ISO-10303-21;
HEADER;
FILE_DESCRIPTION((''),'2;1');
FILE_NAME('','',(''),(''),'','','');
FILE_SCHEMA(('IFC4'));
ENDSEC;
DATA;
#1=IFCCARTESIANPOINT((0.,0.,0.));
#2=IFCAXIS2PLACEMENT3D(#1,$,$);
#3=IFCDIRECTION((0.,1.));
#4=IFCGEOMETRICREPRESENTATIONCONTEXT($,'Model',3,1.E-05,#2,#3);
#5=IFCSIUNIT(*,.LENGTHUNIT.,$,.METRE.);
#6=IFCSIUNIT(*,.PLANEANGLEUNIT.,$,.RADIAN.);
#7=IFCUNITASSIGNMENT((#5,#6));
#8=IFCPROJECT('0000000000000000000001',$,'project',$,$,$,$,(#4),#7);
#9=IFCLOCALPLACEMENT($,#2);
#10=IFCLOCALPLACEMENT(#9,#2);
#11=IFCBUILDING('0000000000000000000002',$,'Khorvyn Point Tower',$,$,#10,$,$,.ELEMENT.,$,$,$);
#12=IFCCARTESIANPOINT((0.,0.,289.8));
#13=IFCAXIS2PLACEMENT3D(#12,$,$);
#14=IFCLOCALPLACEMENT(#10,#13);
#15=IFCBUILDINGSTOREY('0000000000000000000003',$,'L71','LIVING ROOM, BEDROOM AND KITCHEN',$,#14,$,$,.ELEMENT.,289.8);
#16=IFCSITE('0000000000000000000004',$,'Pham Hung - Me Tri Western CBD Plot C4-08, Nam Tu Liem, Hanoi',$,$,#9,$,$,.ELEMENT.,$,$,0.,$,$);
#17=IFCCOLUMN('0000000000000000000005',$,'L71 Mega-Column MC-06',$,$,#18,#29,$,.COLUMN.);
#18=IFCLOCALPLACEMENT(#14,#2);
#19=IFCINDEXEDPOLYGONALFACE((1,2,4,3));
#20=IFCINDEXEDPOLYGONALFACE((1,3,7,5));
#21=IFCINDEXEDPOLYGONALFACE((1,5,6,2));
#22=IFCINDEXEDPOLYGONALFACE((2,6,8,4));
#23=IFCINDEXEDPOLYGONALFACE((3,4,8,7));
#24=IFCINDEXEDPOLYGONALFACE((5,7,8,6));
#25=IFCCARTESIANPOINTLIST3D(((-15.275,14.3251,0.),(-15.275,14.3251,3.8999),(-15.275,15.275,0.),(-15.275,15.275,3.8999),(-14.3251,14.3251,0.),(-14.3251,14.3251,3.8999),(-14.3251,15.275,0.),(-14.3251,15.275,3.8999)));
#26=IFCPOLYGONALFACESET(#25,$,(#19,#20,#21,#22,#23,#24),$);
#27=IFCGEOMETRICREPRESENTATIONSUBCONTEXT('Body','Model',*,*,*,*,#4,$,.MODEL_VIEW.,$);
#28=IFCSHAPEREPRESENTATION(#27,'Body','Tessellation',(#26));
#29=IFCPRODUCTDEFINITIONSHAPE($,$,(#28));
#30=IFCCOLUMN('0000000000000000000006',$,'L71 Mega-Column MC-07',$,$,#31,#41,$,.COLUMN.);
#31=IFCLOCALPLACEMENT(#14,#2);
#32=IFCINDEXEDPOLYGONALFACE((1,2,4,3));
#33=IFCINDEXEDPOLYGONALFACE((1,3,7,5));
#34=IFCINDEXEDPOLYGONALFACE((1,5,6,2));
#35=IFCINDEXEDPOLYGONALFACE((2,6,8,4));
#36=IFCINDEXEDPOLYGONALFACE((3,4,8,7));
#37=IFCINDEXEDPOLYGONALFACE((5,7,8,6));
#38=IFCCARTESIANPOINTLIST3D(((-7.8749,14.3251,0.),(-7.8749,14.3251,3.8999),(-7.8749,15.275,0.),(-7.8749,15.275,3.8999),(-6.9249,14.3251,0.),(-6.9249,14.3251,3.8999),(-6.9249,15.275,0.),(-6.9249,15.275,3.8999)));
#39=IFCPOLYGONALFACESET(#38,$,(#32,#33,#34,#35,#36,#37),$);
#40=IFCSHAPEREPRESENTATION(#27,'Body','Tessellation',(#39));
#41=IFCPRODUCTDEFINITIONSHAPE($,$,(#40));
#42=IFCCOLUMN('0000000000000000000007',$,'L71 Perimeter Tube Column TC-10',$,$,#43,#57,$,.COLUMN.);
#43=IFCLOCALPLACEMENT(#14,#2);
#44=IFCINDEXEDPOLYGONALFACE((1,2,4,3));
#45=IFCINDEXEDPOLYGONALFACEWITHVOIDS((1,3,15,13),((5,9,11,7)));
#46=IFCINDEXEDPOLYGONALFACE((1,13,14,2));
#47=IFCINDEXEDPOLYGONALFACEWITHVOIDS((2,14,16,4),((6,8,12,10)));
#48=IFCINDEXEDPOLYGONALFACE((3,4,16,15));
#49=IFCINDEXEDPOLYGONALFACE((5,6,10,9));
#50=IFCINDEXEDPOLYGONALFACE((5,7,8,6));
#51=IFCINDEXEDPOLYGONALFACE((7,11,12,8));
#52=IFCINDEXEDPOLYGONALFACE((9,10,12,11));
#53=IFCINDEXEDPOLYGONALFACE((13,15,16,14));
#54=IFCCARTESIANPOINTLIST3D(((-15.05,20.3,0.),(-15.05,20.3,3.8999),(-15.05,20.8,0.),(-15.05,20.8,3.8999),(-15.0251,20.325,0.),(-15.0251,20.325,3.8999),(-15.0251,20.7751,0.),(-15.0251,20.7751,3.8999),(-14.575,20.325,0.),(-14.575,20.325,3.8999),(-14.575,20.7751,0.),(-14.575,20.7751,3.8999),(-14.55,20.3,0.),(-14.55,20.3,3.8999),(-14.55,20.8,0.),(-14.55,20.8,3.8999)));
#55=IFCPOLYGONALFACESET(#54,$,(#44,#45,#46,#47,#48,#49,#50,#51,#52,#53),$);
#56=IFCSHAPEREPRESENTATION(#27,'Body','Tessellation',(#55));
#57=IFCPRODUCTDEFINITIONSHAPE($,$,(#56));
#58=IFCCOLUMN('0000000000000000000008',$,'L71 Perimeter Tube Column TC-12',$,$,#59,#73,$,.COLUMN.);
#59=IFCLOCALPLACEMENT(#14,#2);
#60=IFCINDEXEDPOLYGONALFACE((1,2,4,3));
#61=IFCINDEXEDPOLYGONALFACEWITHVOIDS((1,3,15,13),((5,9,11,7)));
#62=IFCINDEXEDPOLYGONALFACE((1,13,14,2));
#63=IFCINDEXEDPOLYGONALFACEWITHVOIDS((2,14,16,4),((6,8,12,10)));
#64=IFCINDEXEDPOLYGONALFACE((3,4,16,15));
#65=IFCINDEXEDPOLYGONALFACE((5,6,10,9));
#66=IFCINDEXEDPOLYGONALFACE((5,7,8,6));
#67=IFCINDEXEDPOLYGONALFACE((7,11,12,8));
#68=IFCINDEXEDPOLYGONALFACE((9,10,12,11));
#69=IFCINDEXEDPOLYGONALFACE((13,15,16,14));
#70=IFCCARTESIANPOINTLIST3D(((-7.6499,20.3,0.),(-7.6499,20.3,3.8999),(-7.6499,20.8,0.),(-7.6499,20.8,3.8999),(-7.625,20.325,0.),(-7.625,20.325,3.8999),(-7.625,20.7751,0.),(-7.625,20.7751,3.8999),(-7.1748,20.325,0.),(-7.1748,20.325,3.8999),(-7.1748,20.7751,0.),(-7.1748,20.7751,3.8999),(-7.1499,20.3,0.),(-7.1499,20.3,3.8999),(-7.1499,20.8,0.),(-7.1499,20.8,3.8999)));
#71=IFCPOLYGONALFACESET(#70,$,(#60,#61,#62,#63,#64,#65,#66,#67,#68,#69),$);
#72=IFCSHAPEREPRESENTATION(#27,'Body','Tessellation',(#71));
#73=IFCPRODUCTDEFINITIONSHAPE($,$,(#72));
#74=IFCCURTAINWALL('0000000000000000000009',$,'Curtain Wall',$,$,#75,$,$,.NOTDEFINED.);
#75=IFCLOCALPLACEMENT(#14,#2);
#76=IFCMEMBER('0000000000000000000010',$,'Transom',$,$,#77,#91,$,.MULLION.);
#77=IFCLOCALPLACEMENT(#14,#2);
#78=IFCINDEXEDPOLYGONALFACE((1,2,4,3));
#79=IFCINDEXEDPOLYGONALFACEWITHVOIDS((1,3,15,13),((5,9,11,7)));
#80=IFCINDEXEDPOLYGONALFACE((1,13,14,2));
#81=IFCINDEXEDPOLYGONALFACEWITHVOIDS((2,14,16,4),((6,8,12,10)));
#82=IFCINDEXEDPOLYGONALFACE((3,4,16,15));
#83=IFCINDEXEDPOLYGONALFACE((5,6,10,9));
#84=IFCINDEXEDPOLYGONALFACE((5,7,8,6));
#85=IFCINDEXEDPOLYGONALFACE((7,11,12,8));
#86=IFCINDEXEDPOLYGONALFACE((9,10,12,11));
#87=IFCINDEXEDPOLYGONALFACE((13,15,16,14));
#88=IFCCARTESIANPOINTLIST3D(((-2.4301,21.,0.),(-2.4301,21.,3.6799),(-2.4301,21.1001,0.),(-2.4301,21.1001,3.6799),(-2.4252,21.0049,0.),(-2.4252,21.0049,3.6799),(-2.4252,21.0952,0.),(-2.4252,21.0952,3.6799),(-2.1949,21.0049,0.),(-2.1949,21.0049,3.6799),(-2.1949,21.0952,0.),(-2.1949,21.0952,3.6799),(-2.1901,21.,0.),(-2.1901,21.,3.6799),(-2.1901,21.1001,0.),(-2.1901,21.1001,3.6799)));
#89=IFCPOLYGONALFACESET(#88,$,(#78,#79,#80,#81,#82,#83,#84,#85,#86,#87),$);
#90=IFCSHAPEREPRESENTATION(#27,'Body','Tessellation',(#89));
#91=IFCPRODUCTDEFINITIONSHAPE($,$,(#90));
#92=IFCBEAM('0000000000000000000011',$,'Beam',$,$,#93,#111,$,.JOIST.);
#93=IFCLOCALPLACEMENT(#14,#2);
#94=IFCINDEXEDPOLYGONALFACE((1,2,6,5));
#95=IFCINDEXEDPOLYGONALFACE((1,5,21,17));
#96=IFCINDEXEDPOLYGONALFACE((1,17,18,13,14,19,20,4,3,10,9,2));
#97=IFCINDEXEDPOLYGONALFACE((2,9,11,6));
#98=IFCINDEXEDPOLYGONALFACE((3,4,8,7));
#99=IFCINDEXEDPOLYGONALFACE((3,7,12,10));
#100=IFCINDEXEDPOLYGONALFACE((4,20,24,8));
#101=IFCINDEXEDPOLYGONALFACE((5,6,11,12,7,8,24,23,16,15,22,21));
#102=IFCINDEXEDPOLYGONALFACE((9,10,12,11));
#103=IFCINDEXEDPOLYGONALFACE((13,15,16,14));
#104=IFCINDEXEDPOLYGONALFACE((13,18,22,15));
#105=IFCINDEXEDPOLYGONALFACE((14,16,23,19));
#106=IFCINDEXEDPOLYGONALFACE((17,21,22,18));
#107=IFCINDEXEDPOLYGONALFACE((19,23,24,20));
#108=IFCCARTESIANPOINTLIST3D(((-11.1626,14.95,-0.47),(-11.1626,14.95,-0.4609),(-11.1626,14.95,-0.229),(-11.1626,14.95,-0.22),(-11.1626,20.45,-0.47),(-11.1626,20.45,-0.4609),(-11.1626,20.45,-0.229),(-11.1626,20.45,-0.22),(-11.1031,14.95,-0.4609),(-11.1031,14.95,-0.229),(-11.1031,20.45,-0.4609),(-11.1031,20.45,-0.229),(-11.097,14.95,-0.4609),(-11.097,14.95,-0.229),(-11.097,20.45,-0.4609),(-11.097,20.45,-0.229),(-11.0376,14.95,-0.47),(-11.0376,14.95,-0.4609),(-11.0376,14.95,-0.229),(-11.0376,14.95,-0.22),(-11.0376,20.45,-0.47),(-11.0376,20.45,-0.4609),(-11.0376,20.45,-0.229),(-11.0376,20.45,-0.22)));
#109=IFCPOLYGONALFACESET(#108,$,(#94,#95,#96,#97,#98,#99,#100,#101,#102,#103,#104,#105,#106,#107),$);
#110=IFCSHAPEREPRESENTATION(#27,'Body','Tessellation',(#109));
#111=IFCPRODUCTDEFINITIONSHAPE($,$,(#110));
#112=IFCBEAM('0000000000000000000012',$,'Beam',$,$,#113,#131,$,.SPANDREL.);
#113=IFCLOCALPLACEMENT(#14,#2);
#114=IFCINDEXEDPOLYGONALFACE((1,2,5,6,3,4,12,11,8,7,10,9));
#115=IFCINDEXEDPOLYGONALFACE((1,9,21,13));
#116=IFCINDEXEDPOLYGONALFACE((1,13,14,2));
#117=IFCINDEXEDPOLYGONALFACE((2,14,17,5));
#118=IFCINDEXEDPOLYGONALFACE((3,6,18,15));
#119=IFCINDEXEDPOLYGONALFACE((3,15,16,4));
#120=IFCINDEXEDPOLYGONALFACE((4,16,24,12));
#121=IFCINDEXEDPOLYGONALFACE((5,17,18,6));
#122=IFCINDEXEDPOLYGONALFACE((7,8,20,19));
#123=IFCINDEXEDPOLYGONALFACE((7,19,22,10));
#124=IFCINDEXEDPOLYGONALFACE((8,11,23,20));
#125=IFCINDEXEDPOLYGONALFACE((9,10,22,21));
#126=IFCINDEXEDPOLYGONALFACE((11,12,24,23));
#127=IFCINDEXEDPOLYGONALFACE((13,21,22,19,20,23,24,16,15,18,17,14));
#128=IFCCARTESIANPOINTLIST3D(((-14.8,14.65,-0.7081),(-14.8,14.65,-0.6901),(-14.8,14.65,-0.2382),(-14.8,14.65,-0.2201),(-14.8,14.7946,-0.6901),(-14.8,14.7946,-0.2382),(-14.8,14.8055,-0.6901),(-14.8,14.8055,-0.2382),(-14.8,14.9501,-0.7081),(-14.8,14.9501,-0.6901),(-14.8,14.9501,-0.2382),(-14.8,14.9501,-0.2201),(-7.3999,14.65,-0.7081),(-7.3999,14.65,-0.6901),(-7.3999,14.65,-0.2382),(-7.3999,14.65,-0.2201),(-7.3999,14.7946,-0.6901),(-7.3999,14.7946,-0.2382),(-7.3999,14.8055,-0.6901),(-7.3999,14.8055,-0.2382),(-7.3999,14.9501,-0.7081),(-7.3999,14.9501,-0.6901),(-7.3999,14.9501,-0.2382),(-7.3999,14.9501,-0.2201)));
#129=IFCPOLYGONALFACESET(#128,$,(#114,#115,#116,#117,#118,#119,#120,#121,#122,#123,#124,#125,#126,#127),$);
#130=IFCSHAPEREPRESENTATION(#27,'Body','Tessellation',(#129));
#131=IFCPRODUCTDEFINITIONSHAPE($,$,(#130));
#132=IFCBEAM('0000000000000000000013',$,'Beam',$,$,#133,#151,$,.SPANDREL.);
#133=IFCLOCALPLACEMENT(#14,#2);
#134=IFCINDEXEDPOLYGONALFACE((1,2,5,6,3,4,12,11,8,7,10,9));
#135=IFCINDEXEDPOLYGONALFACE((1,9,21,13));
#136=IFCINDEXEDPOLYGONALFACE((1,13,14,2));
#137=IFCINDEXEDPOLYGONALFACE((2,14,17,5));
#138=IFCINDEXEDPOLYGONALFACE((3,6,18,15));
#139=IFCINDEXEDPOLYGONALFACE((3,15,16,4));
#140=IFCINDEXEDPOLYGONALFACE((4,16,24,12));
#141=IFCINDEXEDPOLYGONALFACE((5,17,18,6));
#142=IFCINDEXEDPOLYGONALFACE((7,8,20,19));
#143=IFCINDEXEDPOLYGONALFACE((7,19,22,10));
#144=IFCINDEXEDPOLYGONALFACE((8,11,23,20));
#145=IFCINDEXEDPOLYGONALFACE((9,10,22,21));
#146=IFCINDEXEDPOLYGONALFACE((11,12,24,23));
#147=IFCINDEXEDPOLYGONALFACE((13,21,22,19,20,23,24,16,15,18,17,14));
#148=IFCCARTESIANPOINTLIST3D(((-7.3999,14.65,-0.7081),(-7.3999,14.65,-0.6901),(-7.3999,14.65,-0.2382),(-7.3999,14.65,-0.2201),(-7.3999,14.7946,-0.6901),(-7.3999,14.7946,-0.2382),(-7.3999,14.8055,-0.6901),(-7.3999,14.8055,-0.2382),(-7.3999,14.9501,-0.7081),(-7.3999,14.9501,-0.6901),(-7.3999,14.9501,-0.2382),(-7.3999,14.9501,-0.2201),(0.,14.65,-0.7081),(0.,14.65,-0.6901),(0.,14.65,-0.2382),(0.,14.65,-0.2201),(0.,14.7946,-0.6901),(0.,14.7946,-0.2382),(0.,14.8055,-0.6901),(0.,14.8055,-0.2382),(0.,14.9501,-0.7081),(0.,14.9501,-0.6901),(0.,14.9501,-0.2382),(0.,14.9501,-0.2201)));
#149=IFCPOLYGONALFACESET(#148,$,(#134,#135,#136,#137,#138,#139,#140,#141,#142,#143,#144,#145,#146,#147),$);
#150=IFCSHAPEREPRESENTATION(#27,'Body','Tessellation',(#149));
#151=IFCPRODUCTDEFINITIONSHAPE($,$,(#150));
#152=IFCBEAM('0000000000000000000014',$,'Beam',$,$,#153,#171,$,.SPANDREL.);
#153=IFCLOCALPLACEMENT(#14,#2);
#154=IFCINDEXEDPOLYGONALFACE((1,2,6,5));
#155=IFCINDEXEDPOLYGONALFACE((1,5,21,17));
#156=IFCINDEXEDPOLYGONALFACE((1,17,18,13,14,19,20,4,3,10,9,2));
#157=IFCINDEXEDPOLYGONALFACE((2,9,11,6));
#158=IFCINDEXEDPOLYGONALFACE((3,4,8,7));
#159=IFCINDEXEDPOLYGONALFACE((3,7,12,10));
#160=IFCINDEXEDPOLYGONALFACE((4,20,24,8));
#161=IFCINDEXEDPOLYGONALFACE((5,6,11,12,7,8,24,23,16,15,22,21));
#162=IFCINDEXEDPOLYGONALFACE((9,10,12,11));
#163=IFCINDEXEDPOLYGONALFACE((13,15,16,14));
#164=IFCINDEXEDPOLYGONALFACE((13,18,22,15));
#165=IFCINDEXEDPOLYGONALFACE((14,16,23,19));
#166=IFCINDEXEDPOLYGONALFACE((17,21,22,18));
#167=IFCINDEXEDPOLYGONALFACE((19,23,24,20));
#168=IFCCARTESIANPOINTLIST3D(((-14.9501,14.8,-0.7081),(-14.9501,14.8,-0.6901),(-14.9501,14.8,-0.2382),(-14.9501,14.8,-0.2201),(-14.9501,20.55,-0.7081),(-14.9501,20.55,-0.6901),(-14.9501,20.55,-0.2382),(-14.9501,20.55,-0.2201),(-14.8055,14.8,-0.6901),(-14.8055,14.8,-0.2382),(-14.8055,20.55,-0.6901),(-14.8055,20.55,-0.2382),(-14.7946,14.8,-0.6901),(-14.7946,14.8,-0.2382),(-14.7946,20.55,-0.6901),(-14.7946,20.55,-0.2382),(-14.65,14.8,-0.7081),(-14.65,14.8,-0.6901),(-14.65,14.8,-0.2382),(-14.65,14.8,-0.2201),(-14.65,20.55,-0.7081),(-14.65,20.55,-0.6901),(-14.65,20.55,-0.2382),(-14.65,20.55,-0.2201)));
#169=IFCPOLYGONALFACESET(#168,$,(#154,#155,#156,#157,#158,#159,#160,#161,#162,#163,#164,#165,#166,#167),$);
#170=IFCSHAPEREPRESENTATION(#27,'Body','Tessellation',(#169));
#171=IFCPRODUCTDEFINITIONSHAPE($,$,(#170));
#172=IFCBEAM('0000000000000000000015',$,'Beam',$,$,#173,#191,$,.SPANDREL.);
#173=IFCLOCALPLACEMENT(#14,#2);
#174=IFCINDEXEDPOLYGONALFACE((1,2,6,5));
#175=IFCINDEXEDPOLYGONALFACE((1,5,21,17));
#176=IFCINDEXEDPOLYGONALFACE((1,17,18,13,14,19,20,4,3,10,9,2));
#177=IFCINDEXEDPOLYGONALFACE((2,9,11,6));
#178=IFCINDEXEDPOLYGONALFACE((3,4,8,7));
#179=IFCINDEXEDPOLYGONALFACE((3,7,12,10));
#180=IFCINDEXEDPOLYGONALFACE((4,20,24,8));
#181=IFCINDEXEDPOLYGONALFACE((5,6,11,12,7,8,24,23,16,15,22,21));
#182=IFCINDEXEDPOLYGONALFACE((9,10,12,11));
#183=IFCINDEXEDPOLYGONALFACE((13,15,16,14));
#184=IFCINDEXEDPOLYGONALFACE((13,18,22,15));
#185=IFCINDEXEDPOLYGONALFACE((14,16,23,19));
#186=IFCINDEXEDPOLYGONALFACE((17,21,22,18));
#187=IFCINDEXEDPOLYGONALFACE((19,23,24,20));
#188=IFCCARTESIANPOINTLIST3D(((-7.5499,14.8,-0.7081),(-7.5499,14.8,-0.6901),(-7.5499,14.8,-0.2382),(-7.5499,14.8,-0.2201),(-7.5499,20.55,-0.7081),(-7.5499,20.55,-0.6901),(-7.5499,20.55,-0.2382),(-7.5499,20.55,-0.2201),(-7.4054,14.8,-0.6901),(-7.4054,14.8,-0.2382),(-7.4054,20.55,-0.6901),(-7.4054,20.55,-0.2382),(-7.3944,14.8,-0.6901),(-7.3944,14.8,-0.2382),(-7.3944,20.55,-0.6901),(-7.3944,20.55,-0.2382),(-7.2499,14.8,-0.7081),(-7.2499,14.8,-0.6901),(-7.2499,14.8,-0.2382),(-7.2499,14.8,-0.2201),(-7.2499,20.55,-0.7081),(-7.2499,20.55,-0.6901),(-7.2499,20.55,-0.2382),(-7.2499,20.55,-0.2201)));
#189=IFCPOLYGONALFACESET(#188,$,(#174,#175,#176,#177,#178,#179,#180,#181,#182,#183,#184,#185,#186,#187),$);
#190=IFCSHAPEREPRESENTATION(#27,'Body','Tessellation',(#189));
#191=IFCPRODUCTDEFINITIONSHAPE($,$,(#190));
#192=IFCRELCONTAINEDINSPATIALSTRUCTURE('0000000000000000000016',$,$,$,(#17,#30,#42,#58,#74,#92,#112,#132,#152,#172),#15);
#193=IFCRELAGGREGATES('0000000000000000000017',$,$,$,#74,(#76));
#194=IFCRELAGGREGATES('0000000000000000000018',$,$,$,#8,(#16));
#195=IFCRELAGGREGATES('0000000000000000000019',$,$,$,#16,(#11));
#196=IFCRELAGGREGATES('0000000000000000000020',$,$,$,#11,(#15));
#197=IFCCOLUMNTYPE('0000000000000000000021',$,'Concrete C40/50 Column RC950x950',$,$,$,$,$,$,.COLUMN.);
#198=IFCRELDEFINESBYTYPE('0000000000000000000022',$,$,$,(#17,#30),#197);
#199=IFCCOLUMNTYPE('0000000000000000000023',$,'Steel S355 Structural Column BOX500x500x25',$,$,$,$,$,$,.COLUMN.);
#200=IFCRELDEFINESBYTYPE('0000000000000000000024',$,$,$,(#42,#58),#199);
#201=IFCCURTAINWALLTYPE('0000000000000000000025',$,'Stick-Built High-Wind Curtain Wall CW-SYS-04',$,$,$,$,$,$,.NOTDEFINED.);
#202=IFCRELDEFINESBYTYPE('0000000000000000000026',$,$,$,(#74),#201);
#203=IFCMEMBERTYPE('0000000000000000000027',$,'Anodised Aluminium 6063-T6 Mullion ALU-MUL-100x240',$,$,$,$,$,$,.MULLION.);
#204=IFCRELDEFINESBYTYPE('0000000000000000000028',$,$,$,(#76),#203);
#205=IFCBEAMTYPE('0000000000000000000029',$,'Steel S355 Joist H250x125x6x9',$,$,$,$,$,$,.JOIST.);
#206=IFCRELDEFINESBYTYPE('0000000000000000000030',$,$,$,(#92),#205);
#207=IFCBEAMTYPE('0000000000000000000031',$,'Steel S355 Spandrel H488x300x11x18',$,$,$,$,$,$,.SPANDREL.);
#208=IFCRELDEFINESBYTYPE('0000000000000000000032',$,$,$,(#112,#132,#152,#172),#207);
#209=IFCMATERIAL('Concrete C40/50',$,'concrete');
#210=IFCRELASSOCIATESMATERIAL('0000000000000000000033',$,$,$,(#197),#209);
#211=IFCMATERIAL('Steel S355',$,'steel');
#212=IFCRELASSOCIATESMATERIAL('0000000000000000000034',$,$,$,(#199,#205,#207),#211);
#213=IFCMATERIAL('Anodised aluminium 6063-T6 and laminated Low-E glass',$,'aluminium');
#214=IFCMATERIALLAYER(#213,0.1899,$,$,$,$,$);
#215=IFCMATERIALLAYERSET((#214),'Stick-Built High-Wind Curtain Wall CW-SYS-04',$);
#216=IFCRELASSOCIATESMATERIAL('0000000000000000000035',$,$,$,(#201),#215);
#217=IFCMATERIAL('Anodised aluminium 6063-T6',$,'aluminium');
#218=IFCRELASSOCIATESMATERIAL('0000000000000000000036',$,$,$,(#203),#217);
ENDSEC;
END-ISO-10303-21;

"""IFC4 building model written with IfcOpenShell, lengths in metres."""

from ifc_helpers import new_model, si_unit, direction, frame, origin, origin_2d, place, context, subcontext, project, spatial, rectangle, hollow_rectangle, i_section, extrude, material, layer, layer_set, material_profile, profile_set, type_object, element, aggregate, save


model = new_model("IFC4")

# Units and contexts
model_context = context("Model", 3, precision=1e-05, world=origin(), true_north=direction((0.0, 1.0)))
body_context = subcontext(model_context, "Body", "Model", "MODEL_VIEW")
ifc_project = project(units=[si_unit("LENGTHUNIT", "METRE"), si_unit("PLANEANGLEUNIT", "RADIAN")], contexts=[model_context])

# Site, building, storey
site_placement = place(None, origin())
site = spatial("IfcSite", under=ifc_project, at=site_placement, Name="Pham Hung - Me Tri Western CBD Plot C4-08, Nam Tu Liem, Hanoi", CompositionType="ELEMENT", RefElevation=0.0)
building_placement = place(site_placement, origin())
building = spatial("IfcBuilding", under=site, at=building_placement, Name="Khorvyn Point Tower", CompositionType="ELEMENT")
storey_placement = place(building_placement, frame((0.0, 0.0, 289.8)))
storey = spatial("IfcBuildingStorey", under=building, at=storey_placement, Name="L71", Description="LIVING ROOM, BEDROOM AND KITCHEN", CompositionType="ELEMENT", Elevation=289.8)

# Columns
ifc_material_1 = material(Name="Concrete C40/50", Category="concrete")
ifc_material_profile_1 = material_profile(ifc_material_1, rectangle(XDim=0.95, YDim=0.95, at=origin_2d()))
ifc_profile_set_1 = profile_set([ifc_material_profile_1], Name="Concrete C40/50 RC950x950")
column_type_1 = type_object("IfcColumnType", Name="Concrete C40/50 Column RC950x950", PredefinedType="COLUMN", material=ifc_profile_set_1)
for number, where, z_axis, x_axis, name in (
    (1, (-14.8, 14.8, 0.0), (0.0, 0.0, 1.0), (1.0, 0.0, 0.0), "L71 Mega-Column MC-06"),
    (2, (-7.3999, 14.8, 0.0), (0.0, 0.0, 1.0), (1.0, 0.0, 0.0), "L71 Mega-Column MC-07"),
):
    element("IfcColumn", number, at=place(storey_placement, frame(where, z_axis=z_axis, x_axis=x_axis)), inside=storey, type_object=column_type_1, Name=name, PredefinedType="COLUMN", context=body_context, shape_type="SweptSolid", body=[
        extrude(rectangle(XDim=0.95, YDim=0.95, at=origin_2d()), origin(), (0.0, 0.0, 1.0), 3.8999),
    ])
ifc_material_2 = material(Name="Steel S355", Category="steel")
ifc_material_profile_2 = material_profile(ifc_material_2, hollow_rectangle(XDim=0.5, YDim=0.5, WallThickness=0.0249, at=origin_2d()))
ifc_profile_set_2 = profile_set([ifc_material_profile_2], Name="Steel S355 BOX500x500x25")
column_type_2 = type_object("IfcColumnType", Name="Steel S355 Structural Column BOX500x500x25", PredefinedType="COLUMN", material=ifc_profile_set_2)
for number, where, z_axis, x_axis, name in (
    (3, (-14.8, 20.55, 0.0), (0.0, 0.0, 1.0), (1.0, 0.0, 0.0), "L71 Perimeter Tube Column TC-10"),
    (4, (-7.3999, 20.55, 0.0), (0.0, 0.0, 1.0), (1.0, 0.0, 0.0), "L71 Perimeter Tube Column TC-12"),
):
    element("IfcColumn", number, at=place(storey_placement, frame(where, z_axis=z_axis, x_axis=x_axis)), inside=storey, type_object=column_type_2, Name=name, PredefinedType="COLUMN", context=body_context, shape_type="SweptSolid", body=[
        extrude(hollow_rectangle(XDim=0.5, YDim=0.5, WallThickness=0.0249, at=origin_2d()), origin(), (0.0, 0.0, 1.0), 3.8999),
    ])

# Curtain wall, member
ifc_material_3 = material(Name="Anodised aluminium 6063-T6 and laminated Low-E glass", Category="aluminium")
ifc_layer_1 = layer(ifc_material_3, 0.1899)
ifc_layer_set_1 = layer_set([ifc_layer_1], Name="Stick-Built High-Wind Curtain Wall CW-SYS-04")
curtain_wall_type = type_object("IfcCurtainWallType", Name="Stick-Built High-Wind Curtain Wall CW-SYS-04", PredefinedType="NOTDEFINED", material=ifc_layer_set_1)
curtain_wall_placement = place(storey_placement, origin())
curtain_wall = element("IfcCurtainWall", 5, at=curtain_wall_placement, inside=storey, type_object=curtain_wall_type, Name="Curtain Wall", PredefinedType="NOTDEFINED")
ifc_material_4 = material(Name="Anodised aluminium 6063-T6", Category="aluminium")
ifc_material_profile_3 = material_profile(ifc_material_4, hollow_rectangle(XDim=0.1001, YDim=0.24, WallThickness=0.0049, at=origin_2d()))
ifc_profile_set_3 = profile_set([ifc_material_profile_3], Name="Anodised aluminium 6063-T6 ALU-MUL-100x240")
member_type = type_object("IfcMemberType", Name="Anodised Aluminium 6063-T6 Mullion ALU-MUL-100x240", PredefinedType="MULLION", material=ifc_profile_set_3)
member_placement = place(storey_placement, frame((-2.3101, 21.05, 0.0), z_axis=(0.0, 0.0, 1.0), x_axis=(0.0, 1.0, 0.0)))
member = element("IfcMember", 6, at=member_placement, type_object=member_type, Name="Transom", PredefinedType="MULLION", context=body_context, shape_type="SweptSolid", body=[
    extrude(hollow_rectangle(XDim=0.1001, YDim=0.24, WallThickness=0.0049, at=origin_2d()), origin(), (0.0, 0.0, 1.0), 3.6799),
])

# Beams
ifc_material_profile_4 = material_profile(ifc_material_2, i_section(OverallWidth=0.125, OverallDepth=0.25, WebThickness=0.0061, FlangeThickness=0.009, at=origin_2d()))
ifc_profile_set_4 = profile_set([ifc_material_profile_4], Name="Steel S355 H250x125x6x9")
beam_type_1 = type_object("IfcBeamType", Name="Steel S355 Joist H250x125x6x9", PredefinedType="JOIST", material=ifc_profile_set_4)
beam_1_placement = place(storey_placement, frame((-11.1001, 14.95, -0.345), z_axis=(0.0, 1.0, 0.0), x_axis=(-1.0, 0.0, 0.0)))
element("IfcBeam", 7, at=beam_1_placement, inside=storey, type_object=beam_type_1, Name="Beam", PredefinedType="JOIST", context=body_context, shape_type="SweptSolid", body=[
    extrude(i_section(OverallWidth=0.125, OverallDepth=0.25, WebThickness=0.0061, FlangeThickness=0.009, at=origin_2d()), origin(), (0.0, 0.0, 1.0), 5.5),
])
ifc_material_profile_5 = material_profile(ifc_material_2, i_section(OverallWidth=0.3, OverallDepth=0.488, WebThickness=0.011, FlangeThickness=0.0181, at=origin_2d()))
ifc_profile_set_5 = profile_set([ifc_material_profile_5], Name="Steel S355 H488x300x11x18")
beam_type_2 = type_object("IfcBeamType", Name="Steel S355 Spandrel H488x300x11x18", PredefinedType="SPANDREL", material=ifc_profile_set_5)
beam_2_placement = place(storey_placement, frame((-14.8, 14.8, -0.4641), z_axis=(1.0, 0.0, 0.0), x_axis=(0.0, 1.0, 0.0)))
element("IfcBeam", 8, at=beam_2_placement, inside=storey, type_object=beam_type_2, Name="Beam", PredefinedType="SPANDREL", context=body_context, shape_type="SweptSolid", body=[
    extrude(i_section(OverallWidth=0.3, OverallDepth=0.488, WebThickness=0.011, FlangeThickness=0.0181, at=origin_2d()), origin(), (0.0, 0.0, 1.0), 7.4001),
])
beam_3_placement = place(storey_placement, frame((-7.3999, 14.8, -0.4641), z_axis=(1.0, 0.0, 0.0), x_axis=(0.0, 1.0, 0.0)))
element("IfcBeam", 9, at=beam_3_placement, inside=storey, type_object=beam_type_2, Name="Beam", PredefinedType="SPANDREL", context=body_context, shape_type="SweptSolid", body=[
    extrude(i_section(OverallWidth=0.3, OverallDepth=0.488, WebThickness=0.011, FlangeThickness=0.0181, at=origin_2d()), origin(), (0.0, 0.0, 1.0), 7.3999),
])
for number, where, z_axis, x_axis, name in (
    (10, (-14.8, 14.8, -0.4641), (0.0, 1.0, 0.0), (-1.0, 0.0, 0.0), "Beam"),
    (11, (-7.3999, 14.8, -0.4641), (0.0, 1.0, 0.0), (-1.0, 0.0, 0.0), "Beam"),
):
    element("IfcBeam", number, at=place(storey_placement, frame(where, z_axis=z_axis, x_axis=x_axis)), inside=storey, type_object=beam_type_2, Name=name, PredefinedType="SPANDREL", context=body_context, shape_type="SweptSolid", body=[
        extrude(i_section(OverallWidth=0.3, OverallDepth=0.488, WebThickness=0.011, FlangeThickness=0.0181, at=origin_2d()), origin(), (0.0, 0.0, 1.0), 5.75),
    ])

aggregate(curtain_wall, [member])

save(model, "model.ifc")
